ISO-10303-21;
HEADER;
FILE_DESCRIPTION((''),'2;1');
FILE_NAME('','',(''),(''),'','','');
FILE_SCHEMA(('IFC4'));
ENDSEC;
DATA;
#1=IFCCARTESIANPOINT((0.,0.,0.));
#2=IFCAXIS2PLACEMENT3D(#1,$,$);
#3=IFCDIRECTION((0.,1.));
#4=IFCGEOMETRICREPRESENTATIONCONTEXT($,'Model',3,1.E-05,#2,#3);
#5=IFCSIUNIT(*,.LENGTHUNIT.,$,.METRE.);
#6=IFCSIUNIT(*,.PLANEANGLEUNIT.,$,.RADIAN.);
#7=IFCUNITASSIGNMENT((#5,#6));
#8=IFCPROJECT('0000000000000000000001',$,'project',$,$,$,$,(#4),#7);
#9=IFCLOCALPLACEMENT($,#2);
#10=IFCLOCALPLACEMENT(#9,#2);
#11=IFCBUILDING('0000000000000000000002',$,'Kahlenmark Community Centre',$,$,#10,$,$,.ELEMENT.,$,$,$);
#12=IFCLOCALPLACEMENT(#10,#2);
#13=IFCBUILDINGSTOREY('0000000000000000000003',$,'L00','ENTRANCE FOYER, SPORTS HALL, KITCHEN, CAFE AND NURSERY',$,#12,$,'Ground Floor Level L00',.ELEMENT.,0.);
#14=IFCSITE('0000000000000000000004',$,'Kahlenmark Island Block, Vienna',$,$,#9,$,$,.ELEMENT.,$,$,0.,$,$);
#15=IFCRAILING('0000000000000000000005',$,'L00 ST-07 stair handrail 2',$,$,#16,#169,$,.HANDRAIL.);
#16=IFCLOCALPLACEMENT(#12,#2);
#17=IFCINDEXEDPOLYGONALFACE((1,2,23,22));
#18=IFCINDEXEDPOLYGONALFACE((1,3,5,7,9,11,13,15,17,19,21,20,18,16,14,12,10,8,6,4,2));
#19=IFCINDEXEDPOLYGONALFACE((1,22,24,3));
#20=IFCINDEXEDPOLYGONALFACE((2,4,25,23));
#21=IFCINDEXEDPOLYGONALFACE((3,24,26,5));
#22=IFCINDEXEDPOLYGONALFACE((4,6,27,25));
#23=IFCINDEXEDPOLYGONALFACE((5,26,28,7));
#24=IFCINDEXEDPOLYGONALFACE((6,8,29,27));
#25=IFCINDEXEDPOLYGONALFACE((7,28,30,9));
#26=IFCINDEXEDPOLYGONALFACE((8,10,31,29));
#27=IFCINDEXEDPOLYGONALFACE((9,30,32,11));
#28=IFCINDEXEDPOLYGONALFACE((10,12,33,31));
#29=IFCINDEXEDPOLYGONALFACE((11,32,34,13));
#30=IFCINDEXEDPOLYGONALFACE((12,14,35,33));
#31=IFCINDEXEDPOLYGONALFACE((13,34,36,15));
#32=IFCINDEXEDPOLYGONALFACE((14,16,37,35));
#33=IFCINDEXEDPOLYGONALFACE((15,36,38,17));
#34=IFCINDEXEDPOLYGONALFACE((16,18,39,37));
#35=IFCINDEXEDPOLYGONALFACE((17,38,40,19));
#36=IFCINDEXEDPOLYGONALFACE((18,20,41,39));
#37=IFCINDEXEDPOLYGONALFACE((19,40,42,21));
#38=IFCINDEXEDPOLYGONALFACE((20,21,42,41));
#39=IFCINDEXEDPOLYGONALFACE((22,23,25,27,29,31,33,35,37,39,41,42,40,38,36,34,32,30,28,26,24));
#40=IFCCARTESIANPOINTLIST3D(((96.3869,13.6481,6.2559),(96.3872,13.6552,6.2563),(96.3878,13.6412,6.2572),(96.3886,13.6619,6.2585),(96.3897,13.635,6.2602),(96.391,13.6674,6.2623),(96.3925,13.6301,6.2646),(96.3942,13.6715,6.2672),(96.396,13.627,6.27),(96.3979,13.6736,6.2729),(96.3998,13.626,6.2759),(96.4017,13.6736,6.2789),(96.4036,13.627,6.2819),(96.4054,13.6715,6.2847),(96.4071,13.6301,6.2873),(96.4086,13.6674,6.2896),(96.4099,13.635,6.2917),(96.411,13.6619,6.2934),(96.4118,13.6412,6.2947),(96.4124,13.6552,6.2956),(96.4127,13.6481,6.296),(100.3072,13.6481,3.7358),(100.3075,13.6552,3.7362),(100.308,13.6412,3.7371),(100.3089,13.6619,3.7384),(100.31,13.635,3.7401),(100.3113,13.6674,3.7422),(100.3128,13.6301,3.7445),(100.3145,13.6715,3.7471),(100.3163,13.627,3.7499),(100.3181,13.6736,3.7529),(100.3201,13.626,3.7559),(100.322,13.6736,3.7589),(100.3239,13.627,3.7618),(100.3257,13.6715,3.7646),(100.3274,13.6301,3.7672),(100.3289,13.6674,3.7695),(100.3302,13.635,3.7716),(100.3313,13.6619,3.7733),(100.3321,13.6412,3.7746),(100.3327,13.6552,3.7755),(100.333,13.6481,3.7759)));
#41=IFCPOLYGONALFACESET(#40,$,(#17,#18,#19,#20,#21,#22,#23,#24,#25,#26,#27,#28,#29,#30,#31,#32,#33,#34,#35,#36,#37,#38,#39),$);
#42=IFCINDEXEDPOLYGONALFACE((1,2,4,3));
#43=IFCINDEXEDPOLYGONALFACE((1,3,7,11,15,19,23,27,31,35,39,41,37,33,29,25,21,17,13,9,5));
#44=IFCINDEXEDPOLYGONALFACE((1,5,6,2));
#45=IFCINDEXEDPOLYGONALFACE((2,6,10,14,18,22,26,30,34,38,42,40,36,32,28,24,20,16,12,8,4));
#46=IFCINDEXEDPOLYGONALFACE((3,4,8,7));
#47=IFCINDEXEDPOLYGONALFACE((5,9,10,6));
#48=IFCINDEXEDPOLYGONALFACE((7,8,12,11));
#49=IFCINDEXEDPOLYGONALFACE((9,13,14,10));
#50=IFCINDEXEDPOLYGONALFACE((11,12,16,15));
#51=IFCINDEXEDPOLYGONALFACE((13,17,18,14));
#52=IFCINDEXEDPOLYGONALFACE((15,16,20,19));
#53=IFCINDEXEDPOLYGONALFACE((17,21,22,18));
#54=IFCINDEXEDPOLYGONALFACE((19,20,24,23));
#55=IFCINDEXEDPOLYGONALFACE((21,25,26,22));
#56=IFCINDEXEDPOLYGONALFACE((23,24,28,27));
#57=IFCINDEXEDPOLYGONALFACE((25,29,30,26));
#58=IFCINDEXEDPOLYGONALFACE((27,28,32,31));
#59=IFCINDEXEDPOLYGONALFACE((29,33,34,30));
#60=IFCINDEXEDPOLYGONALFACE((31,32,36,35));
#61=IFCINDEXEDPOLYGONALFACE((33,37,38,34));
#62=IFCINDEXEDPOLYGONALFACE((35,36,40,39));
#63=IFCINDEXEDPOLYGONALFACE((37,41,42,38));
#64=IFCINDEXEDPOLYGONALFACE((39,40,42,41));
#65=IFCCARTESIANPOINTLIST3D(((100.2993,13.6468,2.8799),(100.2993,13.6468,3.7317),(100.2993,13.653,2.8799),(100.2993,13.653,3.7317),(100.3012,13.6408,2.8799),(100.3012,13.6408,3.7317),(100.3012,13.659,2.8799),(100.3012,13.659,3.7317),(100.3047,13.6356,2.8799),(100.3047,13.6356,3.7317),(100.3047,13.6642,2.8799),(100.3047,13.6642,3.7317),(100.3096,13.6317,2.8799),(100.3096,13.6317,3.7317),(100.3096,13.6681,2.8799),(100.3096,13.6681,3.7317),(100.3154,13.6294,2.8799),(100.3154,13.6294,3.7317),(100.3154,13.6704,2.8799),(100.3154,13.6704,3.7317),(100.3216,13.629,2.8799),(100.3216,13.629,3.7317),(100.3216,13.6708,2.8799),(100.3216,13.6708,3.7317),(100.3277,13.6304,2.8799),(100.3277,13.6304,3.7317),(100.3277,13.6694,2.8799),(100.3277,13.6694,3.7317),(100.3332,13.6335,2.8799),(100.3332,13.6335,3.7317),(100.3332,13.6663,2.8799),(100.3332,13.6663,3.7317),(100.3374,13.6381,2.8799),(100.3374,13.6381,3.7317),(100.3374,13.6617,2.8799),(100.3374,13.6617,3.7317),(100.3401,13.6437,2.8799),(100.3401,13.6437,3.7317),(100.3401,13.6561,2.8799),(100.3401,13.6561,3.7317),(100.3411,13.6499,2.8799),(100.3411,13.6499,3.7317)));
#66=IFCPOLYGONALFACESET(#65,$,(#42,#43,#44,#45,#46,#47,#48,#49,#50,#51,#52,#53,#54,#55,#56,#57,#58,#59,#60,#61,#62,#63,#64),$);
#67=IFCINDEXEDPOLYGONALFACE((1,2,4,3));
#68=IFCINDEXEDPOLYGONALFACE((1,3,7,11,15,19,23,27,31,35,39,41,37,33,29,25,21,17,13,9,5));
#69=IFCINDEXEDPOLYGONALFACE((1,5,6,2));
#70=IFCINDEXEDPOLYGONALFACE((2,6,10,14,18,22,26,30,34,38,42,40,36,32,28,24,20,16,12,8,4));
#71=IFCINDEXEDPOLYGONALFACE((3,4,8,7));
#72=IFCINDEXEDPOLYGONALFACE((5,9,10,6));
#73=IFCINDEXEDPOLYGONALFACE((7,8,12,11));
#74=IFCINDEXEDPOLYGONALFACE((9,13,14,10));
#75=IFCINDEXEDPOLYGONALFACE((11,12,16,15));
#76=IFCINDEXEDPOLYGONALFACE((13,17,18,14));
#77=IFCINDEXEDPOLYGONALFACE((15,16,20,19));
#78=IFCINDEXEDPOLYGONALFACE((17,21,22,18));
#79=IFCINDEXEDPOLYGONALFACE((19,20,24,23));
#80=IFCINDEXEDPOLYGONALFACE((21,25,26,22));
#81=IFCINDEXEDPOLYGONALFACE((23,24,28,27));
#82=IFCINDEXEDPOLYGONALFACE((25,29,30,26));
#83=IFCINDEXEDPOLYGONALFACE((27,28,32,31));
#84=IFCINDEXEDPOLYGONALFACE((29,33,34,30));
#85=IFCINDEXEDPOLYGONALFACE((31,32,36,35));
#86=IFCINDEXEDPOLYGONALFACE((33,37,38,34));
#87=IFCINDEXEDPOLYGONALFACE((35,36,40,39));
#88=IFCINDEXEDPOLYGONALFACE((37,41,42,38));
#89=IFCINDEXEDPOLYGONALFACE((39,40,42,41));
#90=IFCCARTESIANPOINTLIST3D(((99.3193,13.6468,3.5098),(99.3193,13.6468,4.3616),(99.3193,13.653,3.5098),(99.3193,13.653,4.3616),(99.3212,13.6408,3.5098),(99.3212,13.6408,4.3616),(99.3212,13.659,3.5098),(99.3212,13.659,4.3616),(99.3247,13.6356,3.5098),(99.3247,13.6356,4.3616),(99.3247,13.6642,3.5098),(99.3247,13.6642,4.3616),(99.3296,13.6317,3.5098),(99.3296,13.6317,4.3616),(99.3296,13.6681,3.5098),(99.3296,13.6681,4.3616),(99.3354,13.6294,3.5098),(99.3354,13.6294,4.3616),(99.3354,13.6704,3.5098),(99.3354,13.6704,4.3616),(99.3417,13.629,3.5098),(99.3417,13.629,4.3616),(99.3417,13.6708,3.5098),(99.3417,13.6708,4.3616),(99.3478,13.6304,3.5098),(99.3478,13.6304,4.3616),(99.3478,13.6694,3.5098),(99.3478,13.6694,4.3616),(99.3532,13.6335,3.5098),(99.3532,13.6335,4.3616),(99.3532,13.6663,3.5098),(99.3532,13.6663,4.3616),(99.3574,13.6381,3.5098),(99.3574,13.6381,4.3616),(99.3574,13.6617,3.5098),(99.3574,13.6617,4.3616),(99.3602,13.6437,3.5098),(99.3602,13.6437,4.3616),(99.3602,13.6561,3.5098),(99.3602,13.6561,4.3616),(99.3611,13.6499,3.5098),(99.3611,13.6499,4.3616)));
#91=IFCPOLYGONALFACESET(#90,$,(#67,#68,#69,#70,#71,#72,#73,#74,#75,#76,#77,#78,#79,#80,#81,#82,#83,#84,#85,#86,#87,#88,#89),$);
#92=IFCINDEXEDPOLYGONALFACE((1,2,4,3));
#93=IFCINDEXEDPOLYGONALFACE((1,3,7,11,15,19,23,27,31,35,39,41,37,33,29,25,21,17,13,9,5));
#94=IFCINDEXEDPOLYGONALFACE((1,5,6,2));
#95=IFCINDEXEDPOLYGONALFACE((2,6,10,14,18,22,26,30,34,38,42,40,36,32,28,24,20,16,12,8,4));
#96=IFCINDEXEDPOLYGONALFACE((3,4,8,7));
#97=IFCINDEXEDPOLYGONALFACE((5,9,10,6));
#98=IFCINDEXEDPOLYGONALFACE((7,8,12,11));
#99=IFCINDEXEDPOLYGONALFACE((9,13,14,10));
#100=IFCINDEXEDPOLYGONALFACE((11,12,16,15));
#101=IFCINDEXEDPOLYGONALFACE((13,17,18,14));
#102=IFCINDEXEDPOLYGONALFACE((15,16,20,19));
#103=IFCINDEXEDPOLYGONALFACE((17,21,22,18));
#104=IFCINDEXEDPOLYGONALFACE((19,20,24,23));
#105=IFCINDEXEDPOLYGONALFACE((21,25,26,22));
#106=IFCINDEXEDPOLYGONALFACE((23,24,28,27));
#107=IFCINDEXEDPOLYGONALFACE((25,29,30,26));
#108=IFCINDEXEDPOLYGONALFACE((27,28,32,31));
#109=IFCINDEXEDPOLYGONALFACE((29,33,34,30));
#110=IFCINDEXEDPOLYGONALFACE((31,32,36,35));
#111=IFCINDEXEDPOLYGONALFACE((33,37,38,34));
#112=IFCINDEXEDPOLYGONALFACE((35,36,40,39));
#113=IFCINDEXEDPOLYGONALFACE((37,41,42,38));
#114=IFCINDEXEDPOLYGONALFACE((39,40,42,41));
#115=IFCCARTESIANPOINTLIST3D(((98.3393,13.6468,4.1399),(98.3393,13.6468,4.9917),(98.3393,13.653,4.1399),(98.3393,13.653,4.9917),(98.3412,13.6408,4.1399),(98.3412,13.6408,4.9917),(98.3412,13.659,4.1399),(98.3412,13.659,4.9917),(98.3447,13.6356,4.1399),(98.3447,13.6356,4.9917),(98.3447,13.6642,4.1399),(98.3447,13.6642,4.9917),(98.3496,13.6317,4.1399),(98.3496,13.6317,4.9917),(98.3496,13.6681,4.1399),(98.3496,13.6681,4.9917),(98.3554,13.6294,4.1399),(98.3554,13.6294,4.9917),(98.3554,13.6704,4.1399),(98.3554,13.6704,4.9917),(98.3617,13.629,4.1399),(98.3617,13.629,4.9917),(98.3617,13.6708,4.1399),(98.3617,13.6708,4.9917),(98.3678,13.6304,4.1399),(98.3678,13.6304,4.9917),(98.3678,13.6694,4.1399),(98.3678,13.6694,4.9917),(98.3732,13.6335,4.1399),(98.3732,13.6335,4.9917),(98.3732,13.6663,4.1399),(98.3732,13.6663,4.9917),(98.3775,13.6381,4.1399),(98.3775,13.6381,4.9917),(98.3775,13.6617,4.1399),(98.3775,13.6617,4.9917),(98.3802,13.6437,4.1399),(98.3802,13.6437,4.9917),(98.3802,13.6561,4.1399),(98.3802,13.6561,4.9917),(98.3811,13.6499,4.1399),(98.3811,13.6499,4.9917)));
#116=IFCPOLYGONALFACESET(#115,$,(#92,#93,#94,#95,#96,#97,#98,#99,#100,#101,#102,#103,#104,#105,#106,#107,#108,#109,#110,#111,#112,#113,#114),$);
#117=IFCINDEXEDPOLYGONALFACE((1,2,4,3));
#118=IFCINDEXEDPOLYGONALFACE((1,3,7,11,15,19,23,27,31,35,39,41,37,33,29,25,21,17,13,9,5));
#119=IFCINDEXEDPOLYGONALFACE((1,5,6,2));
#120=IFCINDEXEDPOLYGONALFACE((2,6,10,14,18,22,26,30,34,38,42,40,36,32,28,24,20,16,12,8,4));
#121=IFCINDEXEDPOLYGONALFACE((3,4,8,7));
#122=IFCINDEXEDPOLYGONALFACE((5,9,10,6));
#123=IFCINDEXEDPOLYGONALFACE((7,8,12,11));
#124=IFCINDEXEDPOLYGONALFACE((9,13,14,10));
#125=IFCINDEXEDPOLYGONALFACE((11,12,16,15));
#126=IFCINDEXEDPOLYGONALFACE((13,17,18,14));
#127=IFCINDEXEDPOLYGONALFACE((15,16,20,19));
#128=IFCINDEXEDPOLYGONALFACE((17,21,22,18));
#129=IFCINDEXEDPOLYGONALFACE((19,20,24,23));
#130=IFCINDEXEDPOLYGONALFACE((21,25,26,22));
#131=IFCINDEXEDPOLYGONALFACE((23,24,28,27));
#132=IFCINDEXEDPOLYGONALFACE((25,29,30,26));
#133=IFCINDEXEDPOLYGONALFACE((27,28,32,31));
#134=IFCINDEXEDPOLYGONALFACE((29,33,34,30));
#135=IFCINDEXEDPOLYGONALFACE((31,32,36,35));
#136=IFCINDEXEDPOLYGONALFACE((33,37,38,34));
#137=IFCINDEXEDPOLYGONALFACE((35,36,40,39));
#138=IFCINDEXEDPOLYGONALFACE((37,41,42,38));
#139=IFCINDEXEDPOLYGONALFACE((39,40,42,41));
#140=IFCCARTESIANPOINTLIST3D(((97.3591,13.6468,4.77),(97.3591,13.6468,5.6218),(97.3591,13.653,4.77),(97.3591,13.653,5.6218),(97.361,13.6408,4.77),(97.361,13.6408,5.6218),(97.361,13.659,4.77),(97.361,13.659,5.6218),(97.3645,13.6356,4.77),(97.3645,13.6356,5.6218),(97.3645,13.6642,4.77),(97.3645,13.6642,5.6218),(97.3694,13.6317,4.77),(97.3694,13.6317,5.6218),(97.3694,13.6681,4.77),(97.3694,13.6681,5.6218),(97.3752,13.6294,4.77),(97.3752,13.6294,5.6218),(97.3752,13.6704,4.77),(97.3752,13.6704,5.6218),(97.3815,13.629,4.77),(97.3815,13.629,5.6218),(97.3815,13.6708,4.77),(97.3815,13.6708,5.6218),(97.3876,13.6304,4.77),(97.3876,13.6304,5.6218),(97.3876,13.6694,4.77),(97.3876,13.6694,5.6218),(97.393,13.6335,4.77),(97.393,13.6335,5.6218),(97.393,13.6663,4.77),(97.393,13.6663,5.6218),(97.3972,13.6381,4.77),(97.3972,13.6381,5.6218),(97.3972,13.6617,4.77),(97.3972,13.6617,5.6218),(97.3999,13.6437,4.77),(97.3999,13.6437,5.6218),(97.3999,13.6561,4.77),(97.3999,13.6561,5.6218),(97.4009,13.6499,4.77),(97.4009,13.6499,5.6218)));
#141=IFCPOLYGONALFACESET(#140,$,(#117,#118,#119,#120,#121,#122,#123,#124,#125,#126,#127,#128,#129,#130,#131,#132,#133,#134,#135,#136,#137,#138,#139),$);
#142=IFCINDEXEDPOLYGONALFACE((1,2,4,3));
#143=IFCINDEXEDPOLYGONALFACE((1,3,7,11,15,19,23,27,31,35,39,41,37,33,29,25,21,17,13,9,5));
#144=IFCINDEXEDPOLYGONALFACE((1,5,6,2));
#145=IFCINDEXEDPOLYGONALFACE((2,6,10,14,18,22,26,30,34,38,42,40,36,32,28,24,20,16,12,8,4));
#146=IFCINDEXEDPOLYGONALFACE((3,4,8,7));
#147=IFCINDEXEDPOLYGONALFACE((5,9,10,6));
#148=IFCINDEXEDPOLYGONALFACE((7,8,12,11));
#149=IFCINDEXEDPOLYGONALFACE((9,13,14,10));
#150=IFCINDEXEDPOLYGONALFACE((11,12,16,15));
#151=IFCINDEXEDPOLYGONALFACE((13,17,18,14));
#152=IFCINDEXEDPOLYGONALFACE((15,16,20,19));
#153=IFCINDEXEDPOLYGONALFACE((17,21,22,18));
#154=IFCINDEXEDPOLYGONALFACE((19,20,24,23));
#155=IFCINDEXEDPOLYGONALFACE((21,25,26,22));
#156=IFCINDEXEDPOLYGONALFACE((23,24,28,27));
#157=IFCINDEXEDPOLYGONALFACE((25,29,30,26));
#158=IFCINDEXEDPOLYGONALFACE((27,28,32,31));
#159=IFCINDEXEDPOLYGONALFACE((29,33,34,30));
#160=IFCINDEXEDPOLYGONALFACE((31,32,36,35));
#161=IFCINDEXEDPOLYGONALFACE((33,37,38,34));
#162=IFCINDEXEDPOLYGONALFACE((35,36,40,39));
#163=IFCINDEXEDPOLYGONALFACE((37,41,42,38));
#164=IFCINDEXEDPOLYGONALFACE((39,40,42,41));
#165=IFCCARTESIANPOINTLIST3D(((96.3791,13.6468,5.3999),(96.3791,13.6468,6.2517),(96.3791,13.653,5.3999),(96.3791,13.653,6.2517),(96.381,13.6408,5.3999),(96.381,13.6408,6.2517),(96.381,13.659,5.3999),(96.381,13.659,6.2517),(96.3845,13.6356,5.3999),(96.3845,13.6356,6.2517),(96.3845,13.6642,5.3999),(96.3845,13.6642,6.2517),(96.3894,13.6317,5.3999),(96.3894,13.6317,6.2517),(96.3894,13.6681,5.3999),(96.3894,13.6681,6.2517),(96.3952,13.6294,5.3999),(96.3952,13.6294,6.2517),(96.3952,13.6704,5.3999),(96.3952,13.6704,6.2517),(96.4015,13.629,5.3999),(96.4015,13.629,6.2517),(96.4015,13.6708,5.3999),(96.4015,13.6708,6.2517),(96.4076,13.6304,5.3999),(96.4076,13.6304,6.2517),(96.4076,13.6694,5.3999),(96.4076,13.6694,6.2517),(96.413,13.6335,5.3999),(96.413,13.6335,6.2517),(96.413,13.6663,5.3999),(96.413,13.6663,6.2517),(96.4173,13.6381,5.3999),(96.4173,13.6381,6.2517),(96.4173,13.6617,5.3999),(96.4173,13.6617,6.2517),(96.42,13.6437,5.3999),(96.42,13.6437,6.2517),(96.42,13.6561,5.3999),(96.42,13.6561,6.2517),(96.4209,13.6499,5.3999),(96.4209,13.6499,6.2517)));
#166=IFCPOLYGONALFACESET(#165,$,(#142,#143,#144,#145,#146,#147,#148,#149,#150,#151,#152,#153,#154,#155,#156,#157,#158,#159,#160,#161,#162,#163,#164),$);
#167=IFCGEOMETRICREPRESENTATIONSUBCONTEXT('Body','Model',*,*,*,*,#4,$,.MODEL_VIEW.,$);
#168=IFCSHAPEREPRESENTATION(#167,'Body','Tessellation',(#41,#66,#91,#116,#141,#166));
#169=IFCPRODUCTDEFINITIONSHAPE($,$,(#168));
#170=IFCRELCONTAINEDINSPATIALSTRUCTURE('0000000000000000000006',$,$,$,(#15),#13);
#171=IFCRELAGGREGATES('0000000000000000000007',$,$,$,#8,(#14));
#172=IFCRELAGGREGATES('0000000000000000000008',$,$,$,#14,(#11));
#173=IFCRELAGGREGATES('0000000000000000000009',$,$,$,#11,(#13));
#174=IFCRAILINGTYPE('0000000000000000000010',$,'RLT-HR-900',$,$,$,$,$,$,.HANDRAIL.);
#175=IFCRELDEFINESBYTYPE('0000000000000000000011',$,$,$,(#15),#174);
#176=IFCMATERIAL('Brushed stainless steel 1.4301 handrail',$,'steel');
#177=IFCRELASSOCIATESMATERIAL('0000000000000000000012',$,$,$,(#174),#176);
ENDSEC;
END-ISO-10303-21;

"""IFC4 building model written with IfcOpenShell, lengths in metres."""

from ifc_helpers import new_model, si_unit, direction, frame, origin, origin_2d, place, context, subcontext, project, spatial, circle, extrude, material, type_object, element, save


model = new_model("IFC4")

# Units and contexts
model_context = context("Model", 3, precision=1e-05, world=origin(), true_north=direction((0.0, 1.0)))
body_context = subcontext(model_context, "Body", "Model", "MODEL_VIEW")
ifc_project = project(units=[si_unit("LENGTHUNIT", "METRE"), si_unit("PLANEANGLEUNIT", "RADIAN")], contexts=[model_context])

# Site, building, storey
site_placement = place(None, origin())
site = spatial("IfcSite", under=ifc_project, at=site_placement, Name="Kahlenmark Island Block, Vienna", CompositionType="ELEMENT", RefElevation=0.0)
building_placement = place(site_placement, origin())
building = spatial("IfcBuilding", under=site, at=building_placement, Name="Kahlenmark Community Centre", CompositionType="ELEMENT")
storey_placement = place(building_placement, origin())
storey = spatial("IfcBuildingStorey", under=building, at=storey_placement, Name="L00", Description="ENTRANCE FOYER, SPORTS HALL, KITCHEN, CAFE AND NURSERY", LongName="Ground Floor Level L00", CompositionType="ELEMENT", Elevation=0.0)

# Railing
ifc_material_1 = material(Name="Brushed stainless steel 1.4301 handrail", Category="steel")
railing_type_1 = type_object("IfcRailingType", Name="RLT-HR-900", PredefinedType="HANDRAIL", material=ifc_material_1)
railing_1_placement = place(storey_placement, frame((100.3201, 13.6499, 2.8799)))
element("IfcRailing", 1, at=railing_1_placement, inside=storey, type_object=railing_type_1, Name="L00 ST-07 stair handrail 2", PredefinedType="HANDRAIL", context=body_context, shape_type="SweptSolid", body=[
    extrude(circle(Radius=0.0239, at=origin_2d()), frame((0.0, 0.0, 0.876), z_axis=(-0.841187, 0.0, 0.540744), x_axis=(0.0, -1.0, 0.0)), (0.0, 0.0, 1.0), 4.6604),
    extrude(circle(Radius=0.021, at=origin_2d()), origin(), (0.0, 0.0, 1.0), 0.8518),
    extrude(circle(Radius=0.021, at=origin_2d()), frame((-0.98, 0.0, 0.6299)), (0.0, 0.0, 1.0), 0.8518),
    extrude(circle(Radius=0.021, at=origin_2d()), frame((-1.96, 0.0, 1.26)), (0.0, 0.0, 1.0), 0.8518),
    extrude(circle(Radius=0.021, at=origin_2d()), frame((-2.9402, 0.0, 1.8901)), (0.0, 0.0, 1.0), 0.8518),
    extrude(circle(Radius=0.021, at=origin_2d()), frame((-3.9202, 0.0, 2.52)), (0.0, 0.0, 1.0), 0.8518),
])

save(model, "model.ifc")
